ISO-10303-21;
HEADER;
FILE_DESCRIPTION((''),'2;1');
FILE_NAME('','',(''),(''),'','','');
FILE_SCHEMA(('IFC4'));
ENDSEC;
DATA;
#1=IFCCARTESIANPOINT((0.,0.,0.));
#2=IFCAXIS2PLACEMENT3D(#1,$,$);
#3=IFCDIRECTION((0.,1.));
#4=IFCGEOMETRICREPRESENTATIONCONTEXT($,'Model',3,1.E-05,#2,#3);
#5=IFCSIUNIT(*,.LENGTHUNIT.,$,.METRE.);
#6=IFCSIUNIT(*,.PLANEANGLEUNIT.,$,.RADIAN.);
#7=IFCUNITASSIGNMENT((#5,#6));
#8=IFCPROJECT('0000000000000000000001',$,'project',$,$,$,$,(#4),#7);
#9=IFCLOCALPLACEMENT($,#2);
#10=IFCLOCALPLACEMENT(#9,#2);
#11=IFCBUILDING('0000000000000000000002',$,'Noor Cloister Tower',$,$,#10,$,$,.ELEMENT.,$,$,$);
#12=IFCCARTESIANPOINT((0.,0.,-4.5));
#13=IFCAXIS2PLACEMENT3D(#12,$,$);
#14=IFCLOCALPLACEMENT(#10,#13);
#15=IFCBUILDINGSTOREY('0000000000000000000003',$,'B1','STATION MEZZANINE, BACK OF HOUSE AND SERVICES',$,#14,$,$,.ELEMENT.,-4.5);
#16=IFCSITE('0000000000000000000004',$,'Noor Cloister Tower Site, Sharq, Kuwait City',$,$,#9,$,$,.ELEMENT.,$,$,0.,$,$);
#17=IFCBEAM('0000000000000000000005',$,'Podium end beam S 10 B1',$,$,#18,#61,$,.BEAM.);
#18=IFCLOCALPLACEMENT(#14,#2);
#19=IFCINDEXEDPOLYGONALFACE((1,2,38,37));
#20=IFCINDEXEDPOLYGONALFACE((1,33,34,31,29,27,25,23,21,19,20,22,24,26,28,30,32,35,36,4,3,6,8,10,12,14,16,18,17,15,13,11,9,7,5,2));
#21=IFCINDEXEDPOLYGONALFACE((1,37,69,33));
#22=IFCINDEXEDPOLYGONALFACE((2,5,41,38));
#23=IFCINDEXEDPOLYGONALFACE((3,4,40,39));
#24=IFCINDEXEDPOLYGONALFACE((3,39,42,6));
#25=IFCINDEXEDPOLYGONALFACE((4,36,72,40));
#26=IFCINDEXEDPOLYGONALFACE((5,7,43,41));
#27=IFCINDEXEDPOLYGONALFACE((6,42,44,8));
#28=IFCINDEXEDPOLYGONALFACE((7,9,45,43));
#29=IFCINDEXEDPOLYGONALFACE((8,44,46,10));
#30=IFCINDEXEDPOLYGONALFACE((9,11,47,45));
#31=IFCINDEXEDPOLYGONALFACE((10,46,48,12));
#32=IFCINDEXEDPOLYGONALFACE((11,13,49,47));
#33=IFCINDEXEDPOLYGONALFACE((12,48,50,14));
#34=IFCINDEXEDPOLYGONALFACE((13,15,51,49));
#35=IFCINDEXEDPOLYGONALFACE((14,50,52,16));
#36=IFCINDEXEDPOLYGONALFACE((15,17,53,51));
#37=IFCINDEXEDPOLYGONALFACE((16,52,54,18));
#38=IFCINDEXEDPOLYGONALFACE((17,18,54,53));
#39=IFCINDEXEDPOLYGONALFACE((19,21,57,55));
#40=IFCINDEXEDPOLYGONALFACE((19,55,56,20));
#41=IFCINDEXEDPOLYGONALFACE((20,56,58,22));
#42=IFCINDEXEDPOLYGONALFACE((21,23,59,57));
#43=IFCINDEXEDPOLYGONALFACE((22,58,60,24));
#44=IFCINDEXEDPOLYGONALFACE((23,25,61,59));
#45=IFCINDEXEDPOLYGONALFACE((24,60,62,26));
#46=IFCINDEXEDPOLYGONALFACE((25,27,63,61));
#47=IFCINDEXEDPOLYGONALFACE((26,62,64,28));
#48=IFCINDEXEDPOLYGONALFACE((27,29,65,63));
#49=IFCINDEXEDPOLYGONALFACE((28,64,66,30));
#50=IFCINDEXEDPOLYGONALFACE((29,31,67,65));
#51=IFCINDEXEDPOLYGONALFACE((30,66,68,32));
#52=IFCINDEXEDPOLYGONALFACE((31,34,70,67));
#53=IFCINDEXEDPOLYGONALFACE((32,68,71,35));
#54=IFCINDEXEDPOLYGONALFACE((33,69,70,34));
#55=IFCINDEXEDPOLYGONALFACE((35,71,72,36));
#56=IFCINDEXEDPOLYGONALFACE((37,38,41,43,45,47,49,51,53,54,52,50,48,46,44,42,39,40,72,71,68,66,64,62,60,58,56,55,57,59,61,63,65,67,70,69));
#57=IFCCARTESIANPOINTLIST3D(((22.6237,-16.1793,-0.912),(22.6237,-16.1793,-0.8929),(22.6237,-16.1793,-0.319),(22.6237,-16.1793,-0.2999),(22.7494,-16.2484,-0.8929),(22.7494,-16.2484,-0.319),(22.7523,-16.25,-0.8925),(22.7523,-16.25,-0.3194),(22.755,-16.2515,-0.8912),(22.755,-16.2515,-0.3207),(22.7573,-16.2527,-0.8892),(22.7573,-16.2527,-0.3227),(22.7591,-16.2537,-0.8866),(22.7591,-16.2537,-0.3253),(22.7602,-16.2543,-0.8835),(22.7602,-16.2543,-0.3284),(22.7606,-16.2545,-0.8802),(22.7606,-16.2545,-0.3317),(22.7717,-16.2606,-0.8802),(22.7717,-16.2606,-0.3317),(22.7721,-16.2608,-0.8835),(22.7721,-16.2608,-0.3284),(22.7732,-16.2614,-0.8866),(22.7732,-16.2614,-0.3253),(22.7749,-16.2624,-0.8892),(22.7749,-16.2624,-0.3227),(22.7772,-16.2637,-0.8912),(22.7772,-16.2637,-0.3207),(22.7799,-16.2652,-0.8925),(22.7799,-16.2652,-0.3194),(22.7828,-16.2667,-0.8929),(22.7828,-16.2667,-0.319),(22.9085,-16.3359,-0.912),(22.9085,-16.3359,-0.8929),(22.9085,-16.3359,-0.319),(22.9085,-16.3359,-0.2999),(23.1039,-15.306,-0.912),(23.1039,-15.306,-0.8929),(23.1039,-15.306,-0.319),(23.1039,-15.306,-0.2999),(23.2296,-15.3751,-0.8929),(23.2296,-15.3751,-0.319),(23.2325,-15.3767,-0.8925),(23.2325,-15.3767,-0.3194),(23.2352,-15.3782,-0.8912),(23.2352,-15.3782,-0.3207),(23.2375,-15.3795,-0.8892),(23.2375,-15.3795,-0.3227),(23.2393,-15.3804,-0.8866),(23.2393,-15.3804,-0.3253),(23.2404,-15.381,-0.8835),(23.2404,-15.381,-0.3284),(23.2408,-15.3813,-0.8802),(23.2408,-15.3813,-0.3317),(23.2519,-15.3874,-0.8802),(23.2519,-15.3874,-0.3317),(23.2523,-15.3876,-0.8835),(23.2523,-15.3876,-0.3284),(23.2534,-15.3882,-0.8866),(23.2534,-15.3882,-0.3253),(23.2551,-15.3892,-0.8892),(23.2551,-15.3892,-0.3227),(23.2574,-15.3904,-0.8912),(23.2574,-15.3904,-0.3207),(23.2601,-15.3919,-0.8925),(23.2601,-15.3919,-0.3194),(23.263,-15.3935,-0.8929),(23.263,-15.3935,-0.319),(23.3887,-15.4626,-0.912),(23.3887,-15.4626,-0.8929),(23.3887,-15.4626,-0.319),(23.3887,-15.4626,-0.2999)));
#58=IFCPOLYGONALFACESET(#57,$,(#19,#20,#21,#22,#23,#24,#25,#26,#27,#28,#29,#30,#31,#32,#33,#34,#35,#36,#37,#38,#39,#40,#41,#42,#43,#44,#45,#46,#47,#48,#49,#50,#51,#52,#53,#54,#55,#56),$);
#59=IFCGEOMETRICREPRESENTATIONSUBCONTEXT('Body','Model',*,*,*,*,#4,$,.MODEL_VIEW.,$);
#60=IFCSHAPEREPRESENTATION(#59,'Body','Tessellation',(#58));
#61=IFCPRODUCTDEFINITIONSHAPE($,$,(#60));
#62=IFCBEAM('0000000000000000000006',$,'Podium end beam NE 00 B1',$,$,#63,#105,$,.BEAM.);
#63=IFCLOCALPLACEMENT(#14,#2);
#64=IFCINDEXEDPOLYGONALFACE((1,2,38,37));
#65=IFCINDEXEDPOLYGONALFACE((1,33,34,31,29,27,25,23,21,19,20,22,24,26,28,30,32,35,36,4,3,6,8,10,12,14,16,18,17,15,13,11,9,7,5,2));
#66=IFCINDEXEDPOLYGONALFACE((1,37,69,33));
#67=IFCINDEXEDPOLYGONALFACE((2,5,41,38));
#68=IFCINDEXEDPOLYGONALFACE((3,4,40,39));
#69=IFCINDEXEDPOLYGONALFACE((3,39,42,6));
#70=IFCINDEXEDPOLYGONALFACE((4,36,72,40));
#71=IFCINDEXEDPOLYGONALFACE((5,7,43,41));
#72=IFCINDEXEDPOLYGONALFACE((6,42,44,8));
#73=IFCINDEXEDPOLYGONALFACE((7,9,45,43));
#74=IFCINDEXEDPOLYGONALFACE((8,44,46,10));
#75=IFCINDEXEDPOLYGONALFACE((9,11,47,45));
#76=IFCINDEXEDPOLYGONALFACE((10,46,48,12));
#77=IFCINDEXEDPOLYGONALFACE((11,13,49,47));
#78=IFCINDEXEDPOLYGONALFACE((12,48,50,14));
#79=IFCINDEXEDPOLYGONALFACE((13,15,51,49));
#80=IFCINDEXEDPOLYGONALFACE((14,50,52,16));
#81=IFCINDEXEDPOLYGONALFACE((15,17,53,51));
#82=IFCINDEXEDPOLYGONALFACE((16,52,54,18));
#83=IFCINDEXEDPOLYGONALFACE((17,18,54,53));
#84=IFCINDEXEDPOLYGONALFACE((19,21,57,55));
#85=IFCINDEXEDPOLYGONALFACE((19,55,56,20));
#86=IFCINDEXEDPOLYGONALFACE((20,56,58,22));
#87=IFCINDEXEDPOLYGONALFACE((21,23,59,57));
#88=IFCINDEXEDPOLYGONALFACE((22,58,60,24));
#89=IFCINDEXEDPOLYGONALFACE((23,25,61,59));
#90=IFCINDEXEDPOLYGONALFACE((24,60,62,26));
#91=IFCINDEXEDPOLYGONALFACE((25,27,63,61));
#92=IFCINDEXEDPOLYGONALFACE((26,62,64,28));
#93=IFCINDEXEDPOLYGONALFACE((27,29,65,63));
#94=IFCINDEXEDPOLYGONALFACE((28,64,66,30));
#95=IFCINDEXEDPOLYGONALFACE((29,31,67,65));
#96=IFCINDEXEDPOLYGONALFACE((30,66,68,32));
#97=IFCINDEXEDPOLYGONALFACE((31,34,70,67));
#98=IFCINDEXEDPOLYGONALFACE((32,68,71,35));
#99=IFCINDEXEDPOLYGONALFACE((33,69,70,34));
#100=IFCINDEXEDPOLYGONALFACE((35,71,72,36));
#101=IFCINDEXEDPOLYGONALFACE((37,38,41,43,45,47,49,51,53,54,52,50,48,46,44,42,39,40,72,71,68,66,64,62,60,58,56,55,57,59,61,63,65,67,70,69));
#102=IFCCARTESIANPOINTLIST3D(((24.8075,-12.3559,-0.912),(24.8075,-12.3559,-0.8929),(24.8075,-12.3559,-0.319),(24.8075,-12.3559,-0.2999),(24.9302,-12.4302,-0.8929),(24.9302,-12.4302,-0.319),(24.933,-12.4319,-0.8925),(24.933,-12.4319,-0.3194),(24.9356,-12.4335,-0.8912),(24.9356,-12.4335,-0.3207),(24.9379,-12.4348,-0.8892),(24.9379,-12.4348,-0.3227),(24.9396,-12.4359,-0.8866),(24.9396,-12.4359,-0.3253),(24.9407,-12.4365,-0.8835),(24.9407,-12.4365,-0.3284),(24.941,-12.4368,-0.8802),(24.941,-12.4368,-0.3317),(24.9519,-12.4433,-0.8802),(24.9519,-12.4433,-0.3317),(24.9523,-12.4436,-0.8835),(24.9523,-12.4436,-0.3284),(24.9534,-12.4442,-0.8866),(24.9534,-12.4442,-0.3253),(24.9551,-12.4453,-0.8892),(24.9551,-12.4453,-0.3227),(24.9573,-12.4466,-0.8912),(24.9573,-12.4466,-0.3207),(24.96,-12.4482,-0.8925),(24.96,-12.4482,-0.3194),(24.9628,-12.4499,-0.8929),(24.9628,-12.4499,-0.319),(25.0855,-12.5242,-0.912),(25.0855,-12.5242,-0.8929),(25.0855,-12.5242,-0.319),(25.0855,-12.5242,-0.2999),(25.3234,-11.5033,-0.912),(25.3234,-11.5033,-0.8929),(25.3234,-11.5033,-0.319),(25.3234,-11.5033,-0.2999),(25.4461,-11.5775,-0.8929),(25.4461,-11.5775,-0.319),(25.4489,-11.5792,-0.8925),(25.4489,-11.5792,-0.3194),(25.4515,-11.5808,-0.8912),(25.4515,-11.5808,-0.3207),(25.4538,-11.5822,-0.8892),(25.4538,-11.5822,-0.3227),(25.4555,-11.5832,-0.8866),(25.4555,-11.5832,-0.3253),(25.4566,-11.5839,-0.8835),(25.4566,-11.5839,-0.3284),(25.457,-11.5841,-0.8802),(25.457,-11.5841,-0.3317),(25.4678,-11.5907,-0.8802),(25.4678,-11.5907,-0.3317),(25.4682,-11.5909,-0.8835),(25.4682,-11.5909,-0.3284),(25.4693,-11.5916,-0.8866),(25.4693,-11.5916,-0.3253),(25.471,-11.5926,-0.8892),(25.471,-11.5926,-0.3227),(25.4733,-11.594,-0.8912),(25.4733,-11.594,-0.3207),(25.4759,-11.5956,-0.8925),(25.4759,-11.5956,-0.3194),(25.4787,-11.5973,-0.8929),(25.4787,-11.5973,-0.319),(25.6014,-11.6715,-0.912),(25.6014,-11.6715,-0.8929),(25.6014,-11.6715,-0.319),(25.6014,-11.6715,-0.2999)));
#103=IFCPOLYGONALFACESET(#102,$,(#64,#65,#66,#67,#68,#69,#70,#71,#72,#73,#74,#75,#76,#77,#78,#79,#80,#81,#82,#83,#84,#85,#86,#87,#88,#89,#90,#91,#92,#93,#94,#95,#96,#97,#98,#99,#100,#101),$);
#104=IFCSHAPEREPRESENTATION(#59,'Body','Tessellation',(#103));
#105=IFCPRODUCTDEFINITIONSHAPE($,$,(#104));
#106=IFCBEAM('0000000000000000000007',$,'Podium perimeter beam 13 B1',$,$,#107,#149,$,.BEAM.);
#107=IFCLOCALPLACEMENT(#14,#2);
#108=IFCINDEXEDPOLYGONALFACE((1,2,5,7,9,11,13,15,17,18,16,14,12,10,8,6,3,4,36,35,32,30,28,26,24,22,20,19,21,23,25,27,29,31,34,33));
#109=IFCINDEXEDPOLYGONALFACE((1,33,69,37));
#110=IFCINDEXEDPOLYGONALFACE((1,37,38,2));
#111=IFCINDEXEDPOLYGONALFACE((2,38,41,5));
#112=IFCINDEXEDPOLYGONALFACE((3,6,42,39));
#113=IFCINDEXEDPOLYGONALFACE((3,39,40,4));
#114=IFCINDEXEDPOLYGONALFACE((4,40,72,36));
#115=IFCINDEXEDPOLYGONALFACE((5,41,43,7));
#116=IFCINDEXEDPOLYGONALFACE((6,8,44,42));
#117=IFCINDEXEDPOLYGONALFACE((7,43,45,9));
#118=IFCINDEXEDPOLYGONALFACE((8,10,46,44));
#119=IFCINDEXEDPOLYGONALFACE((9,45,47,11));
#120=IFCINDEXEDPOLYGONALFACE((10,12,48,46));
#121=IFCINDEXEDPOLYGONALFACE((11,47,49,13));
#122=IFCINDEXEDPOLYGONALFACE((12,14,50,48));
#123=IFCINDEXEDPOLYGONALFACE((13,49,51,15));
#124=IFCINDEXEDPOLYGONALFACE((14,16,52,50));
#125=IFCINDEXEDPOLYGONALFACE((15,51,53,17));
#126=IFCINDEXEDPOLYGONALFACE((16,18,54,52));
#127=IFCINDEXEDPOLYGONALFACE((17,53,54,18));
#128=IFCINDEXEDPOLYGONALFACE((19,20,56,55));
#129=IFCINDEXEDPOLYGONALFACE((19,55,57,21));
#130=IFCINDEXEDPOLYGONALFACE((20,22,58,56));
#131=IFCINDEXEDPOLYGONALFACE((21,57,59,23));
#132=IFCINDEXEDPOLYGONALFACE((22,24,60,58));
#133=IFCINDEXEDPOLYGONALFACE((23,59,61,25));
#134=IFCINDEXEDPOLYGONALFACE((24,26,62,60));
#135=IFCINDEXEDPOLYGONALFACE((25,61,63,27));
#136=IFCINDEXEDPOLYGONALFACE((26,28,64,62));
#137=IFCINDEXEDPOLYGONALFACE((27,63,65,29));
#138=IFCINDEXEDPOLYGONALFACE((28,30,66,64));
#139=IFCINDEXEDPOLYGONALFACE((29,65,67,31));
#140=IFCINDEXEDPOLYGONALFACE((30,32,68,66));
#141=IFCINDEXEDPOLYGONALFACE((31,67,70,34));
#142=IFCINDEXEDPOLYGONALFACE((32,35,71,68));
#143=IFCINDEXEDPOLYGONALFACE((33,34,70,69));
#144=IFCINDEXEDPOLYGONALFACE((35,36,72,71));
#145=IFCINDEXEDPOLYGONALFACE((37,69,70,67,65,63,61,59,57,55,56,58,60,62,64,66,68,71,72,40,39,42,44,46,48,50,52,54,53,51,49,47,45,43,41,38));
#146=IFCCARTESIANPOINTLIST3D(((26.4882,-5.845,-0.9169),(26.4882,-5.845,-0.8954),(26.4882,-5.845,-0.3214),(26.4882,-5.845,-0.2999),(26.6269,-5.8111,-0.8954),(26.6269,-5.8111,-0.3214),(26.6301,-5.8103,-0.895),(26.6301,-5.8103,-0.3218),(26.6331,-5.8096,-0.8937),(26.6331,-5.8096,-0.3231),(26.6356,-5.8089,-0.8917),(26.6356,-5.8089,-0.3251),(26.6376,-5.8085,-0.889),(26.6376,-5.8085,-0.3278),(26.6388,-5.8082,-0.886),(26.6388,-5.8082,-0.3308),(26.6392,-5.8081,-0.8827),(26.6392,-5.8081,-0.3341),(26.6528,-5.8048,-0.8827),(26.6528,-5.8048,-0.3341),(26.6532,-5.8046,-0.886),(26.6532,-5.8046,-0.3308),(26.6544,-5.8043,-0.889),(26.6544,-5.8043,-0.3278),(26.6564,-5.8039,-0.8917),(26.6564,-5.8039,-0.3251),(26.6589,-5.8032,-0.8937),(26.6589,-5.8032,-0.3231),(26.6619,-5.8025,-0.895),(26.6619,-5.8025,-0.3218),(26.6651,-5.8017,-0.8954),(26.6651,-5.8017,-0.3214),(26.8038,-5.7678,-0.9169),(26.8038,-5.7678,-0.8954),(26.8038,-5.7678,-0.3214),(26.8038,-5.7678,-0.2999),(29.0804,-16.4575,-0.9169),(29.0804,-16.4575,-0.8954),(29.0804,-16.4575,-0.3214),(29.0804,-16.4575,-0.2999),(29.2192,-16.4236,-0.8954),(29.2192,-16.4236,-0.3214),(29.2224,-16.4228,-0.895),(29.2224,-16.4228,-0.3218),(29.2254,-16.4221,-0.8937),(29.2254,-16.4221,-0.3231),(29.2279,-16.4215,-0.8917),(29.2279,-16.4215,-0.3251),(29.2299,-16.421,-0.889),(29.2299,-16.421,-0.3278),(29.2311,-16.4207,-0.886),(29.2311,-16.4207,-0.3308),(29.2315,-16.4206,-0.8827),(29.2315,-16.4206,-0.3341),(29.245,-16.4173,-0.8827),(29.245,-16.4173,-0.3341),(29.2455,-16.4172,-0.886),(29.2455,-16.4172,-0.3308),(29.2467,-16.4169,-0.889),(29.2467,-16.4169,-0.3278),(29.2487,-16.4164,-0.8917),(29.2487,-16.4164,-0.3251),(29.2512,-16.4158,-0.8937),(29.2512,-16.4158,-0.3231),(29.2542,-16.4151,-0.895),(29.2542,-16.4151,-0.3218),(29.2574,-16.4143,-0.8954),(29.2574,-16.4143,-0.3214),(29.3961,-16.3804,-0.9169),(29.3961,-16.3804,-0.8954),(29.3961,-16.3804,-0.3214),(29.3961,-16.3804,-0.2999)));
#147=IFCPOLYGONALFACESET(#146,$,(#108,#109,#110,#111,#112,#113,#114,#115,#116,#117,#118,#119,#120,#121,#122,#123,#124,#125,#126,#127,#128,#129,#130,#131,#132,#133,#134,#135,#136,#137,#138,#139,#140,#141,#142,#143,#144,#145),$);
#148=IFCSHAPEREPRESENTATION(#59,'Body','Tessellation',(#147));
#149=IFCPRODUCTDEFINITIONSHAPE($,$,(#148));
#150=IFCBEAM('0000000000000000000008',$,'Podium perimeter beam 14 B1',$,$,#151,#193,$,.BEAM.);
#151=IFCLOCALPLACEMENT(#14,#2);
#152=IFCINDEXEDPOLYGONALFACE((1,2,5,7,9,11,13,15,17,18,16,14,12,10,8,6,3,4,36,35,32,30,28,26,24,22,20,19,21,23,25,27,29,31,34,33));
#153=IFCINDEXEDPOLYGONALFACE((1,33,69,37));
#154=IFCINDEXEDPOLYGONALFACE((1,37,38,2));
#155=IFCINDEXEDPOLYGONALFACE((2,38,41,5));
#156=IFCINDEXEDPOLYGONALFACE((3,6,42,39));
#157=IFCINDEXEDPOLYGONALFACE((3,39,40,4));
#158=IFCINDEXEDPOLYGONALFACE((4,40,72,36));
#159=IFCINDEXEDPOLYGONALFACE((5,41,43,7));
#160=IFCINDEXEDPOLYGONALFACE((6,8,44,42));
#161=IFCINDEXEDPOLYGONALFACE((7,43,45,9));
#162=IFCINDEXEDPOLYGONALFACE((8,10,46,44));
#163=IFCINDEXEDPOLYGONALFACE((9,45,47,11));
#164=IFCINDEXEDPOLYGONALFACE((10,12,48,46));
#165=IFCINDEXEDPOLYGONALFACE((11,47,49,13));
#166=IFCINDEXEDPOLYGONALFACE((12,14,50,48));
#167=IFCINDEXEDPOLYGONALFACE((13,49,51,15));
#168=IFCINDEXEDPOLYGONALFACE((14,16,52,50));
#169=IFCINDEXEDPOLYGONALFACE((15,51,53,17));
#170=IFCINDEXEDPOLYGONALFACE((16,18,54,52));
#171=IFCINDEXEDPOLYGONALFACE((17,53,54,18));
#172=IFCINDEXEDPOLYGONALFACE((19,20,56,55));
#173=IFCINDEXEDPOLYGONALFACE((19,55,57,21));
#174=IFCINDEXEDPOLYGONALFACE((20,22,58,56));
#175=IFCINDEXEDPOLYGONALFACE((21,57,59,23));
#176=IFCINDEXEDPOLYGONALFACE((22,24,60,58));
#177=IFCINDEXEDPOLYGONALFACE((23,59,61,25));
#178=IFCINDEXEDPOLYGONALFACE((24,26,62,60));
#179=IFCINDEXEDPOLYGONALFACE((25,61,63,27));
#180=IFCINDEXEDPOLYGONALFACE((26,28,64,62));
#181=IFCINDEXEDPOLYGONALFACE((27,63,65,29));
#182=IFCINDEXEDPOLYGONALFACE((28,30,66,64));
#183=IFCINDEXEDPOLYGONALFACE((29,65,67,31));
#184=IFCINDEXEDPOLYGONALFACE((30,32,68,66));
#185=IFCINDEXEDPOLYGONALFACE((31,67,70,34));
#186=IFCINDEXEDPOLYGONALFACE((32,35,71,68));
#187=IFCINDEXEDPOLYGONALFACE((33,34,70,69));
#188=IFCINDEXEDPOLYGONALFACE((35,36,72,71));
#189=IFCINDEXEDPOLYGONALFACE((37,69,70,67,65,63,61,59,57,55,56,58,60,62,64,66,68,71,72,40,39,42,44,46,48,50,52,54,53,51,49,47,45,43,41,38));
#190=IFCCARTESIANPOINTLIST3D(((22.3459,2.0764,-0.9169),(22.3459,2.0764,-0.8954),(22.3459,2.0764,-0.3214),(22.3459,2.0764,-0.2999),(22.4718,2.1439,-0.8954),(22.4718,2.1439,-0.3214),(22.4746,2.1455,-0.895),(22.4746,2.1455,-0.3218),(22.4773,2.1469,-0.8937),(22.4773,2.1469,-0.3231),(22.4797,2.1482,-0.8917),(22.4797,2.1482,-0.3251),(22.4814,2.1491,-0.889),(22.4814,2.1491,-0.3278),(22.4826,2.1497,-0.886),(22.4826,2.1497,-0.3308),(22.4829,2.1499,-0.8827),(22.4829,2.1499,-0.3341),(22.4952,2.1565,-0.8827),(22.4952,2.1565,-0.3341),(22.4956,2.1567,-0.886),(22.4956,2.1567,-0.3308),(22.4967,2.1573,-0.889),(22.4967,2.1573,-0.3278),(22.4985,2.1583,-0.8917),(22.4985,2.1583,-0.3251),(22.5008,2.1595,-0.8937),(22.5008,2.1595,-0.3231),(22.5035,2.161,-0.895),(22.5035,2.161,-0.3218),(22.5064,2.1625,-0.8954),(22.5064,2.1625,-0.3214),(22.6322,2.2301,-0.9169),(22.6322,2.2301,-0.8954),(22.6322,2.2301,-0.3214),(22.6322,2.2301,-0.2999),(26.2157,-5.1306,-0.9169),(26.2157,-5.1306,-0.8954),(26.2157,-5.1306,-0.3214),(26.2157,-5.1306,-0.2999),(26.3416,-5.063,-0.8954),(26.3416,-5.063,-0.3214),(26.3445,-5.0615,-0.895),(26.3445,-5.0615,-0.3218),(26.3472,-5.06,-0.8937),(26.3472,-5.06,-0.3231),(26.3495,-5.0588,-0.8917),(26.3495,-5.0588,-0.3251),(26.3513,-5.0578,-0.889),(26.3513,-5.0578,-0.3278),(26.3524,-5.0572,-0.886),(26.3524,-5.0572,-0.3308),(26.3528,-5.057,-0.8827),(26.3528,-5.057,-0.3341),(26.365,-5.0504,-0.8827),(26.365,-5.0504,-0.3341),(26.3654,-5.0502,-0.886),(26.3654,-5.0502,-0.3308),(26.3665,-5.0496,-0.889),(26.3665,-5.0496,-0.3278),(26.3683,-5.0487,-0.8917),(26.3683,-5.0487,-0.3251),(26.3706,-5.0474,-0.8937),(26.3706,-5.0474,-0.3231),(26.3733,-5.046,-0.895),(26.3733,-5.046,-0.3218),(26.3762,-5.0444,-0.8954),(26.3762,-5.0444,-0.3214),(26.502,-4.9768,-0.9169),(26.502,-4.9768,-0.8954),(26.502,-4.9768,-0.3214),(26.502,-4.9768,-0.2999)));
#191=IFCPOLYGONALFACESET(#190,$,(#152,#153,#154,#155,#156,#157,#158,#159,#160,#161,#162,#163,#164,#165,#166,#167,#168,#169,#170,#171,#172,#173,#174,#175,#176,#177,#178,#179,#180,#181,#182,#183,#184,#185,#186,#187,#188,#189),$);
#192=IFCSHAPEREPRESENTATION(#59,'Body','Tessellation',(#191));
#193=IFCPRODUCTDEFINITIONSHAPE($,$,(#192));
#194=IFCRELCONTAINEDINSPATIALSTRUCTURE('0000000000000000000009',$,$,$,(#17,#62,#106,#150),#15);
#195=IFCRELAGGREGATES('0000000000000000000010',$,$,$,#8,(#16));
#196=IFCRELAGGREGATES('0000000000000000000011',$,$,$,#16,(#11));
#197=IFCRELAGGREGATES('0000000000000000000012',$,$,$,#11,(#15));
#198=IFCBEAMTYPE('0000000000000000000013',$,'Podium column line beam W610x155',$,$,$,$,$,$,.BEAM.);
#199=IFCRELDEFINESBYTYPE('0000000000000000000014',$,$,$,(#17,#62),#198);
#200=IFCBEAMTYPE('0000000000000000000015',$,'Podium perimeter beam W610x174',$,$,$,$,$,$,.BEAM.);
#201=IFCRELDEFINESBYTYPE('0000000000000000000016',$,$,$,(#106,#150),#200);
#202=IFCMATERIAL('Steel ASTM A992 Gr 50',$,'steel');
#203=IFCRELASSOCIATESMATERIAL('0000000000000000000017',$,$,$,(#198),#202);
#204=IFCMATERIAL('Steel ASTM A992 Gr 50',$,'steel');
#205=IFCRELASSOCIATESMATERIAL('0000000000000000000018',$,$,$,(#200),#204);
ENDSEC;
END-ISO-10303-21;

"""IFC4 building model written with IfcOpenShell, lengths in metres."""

from ifc_helpers import new_model, si_unit, direction, frame, origin, origin_2d, place, context, subcontext, project, spatial, i_section, extrude, material, material_profile, profile_set, type_object, element, save


model = new_model("IFC4")

# Units and contexts
model_context = context("Model", 3, precision=1e-05, world=origin(), true_north=direction((0.0, 1.0)))
body_context = subcontext(model_context, "Body", "Model", "MODEL_VIEW")
ifc_project = project(units=[si_unit("LENGTHUNIT", "METRE"), si_unit("PLANEANGLEUNIT", "RADIAN")], contexts=[model_context])

# Site, building, storey
site_placement = place(None, origin())
site = spatial("IfcSite", under=ifc_project, at=site_placement, Name="Noor Cloister Tower Site, Sharq, Kuwait City", CompositionType="ELEMENT", RefElevation=0.0)
building_placement = place(site_placement, origin())
building = spatial("IfcBuilding", under=site, at=building_placement, Name="Noor Cloister Tower", CompositionType="ELEMENT")
storey_placement = place(building_placement, frame((0.0, 0.0, -4.5)))
storey = spatial("IfcBuildingStorey", under=building, at=storey_placement, Name="B1", Description="STATION MEZZANINE, BACK OF HOUSE AND SERVICES", CompositionType="ELEMENT", Elevation=-4.5)

# Beams
ifc_material_1 = material(Name="Steel ASTM A992 Gr 50", Category="steel")
ifc_material_profile_1 = material_profile(ifc_material_1, i_section(OverallWidth=0.325, OverallDepth=0.6121, WebThickness=0.0127, FlangeThickness=0.019, FilletRadius=0.0127, at=origin_2d()), Name="W610x155")
ifc_profile_set_1 = profile_set([ifc_material_profile_1], Name="Steel ASTM A992 Gr 50")
beam_type_1 = type_object("IfcBeamType", Name="Podium column line beam W610x155", PredefinedType="BEAM", material=ifc_profile_set_1)
for number, where, z_axis, x_axis, name in (
    (1, (22.7661, -16.2576, -0.606), (0.481853, 0.876252, 0.0), (-0.876252, 0.481853, 0.0), "Podium end beam S 10 B1"),
    (2, (25.4624, -11.5874, -0.606), (-0.517699, -0.855563, 0.0), (0.855563, -0.517699, 0.0), "Podium end beam NE 00 B1"),
):
    element("IfcBeam", number, at=place(storey_placement, frame(where, z_axis=z_axis, x_axis=x_axis)), inside=storey, type_object=beam_type_1, Name=name, PredefinedType="BEAM", context=body_context, shape_type="SweptSolid", body=[
        extrude(i_section(OverallWidth=0.325, OverallDepth=0.6121, WebThickness=0.0127, FlangeThickness=0.019, FilletRadius=0.0127, at=origin_2d()), origin(), (0.0, 0.0, 1.0), 0.9966),
    ])
ifc_material_2 = material(Name="Steel ASTM A992 Gr 50", Category="steel")
ifc_material_profile_2 = material_profile(ifc_material_2, i_section(OverallWidth=0.325, OverallDepth=0.6169, WebThickness=0.0139, FlangeThickness=0.0215, FilletRadius=0.0127, at=origin_2d()), Name="W610x174")
ifc_profile_set_2 = profile_set([ifc_material_profile_2], Name="Steel ASTM A992 Gr 50")
beam_type_2 = type_object("IfcBeamType", Name="Podium perimeter beam W610x174", PredefinedType="BEAM", material=ifc_profile_set_2)
beam_1_placement = place(storey_placement, frame((29.2383, -16.4189, -0.6084), z_axis=(-0.23729, 0.971439, 0.0), x_axis=(-0.971439, -0.23729, 0.0)))
element("IfcBeam", 3, at=beam_1_placement, inside=storey, type_object=beam_type_2, Name="Podium perimeter beam 13 B1", PredefinedType="BEAM", context=body_context, shape_type="SweptSolid", body=[
    extrude(i_section(OverallWidth=0.325, OverallDepth=0.6169, WebThickness=0.0139, FlangeThickness=0.0215, FilletRadius=0.0127, at=origin_2d()), origin(), (0.0, 0.0, 1.0), 10.9246),
])
beam_2_placement = place(storey_placement, frame((26.3589, -5.0537, -0.6084), z_axis=(-0.473073, 0.881023, 0.0), x_axis=(-0.881023, -0.473073, 0.0)))
element("IfcBeam", 4, at=beam_2_placement, inside=storey, type_object=beam_type_2, Name="Podium perimeter beam 14 B1", PredefinedType="BEAM", context=body_context, shape_type="SweptSolid", body=[
    extrude(i_section(OverallWidth=0.325, OverallDepth=0.6169, WebThickness=0.0139, FlangeThickness=0.0215, FilletRadius=0.0127, at=origin_2d()), origin(), (0.0, 0.0, 1.0), 8.1802),
])

save(model, "model.ifc")
